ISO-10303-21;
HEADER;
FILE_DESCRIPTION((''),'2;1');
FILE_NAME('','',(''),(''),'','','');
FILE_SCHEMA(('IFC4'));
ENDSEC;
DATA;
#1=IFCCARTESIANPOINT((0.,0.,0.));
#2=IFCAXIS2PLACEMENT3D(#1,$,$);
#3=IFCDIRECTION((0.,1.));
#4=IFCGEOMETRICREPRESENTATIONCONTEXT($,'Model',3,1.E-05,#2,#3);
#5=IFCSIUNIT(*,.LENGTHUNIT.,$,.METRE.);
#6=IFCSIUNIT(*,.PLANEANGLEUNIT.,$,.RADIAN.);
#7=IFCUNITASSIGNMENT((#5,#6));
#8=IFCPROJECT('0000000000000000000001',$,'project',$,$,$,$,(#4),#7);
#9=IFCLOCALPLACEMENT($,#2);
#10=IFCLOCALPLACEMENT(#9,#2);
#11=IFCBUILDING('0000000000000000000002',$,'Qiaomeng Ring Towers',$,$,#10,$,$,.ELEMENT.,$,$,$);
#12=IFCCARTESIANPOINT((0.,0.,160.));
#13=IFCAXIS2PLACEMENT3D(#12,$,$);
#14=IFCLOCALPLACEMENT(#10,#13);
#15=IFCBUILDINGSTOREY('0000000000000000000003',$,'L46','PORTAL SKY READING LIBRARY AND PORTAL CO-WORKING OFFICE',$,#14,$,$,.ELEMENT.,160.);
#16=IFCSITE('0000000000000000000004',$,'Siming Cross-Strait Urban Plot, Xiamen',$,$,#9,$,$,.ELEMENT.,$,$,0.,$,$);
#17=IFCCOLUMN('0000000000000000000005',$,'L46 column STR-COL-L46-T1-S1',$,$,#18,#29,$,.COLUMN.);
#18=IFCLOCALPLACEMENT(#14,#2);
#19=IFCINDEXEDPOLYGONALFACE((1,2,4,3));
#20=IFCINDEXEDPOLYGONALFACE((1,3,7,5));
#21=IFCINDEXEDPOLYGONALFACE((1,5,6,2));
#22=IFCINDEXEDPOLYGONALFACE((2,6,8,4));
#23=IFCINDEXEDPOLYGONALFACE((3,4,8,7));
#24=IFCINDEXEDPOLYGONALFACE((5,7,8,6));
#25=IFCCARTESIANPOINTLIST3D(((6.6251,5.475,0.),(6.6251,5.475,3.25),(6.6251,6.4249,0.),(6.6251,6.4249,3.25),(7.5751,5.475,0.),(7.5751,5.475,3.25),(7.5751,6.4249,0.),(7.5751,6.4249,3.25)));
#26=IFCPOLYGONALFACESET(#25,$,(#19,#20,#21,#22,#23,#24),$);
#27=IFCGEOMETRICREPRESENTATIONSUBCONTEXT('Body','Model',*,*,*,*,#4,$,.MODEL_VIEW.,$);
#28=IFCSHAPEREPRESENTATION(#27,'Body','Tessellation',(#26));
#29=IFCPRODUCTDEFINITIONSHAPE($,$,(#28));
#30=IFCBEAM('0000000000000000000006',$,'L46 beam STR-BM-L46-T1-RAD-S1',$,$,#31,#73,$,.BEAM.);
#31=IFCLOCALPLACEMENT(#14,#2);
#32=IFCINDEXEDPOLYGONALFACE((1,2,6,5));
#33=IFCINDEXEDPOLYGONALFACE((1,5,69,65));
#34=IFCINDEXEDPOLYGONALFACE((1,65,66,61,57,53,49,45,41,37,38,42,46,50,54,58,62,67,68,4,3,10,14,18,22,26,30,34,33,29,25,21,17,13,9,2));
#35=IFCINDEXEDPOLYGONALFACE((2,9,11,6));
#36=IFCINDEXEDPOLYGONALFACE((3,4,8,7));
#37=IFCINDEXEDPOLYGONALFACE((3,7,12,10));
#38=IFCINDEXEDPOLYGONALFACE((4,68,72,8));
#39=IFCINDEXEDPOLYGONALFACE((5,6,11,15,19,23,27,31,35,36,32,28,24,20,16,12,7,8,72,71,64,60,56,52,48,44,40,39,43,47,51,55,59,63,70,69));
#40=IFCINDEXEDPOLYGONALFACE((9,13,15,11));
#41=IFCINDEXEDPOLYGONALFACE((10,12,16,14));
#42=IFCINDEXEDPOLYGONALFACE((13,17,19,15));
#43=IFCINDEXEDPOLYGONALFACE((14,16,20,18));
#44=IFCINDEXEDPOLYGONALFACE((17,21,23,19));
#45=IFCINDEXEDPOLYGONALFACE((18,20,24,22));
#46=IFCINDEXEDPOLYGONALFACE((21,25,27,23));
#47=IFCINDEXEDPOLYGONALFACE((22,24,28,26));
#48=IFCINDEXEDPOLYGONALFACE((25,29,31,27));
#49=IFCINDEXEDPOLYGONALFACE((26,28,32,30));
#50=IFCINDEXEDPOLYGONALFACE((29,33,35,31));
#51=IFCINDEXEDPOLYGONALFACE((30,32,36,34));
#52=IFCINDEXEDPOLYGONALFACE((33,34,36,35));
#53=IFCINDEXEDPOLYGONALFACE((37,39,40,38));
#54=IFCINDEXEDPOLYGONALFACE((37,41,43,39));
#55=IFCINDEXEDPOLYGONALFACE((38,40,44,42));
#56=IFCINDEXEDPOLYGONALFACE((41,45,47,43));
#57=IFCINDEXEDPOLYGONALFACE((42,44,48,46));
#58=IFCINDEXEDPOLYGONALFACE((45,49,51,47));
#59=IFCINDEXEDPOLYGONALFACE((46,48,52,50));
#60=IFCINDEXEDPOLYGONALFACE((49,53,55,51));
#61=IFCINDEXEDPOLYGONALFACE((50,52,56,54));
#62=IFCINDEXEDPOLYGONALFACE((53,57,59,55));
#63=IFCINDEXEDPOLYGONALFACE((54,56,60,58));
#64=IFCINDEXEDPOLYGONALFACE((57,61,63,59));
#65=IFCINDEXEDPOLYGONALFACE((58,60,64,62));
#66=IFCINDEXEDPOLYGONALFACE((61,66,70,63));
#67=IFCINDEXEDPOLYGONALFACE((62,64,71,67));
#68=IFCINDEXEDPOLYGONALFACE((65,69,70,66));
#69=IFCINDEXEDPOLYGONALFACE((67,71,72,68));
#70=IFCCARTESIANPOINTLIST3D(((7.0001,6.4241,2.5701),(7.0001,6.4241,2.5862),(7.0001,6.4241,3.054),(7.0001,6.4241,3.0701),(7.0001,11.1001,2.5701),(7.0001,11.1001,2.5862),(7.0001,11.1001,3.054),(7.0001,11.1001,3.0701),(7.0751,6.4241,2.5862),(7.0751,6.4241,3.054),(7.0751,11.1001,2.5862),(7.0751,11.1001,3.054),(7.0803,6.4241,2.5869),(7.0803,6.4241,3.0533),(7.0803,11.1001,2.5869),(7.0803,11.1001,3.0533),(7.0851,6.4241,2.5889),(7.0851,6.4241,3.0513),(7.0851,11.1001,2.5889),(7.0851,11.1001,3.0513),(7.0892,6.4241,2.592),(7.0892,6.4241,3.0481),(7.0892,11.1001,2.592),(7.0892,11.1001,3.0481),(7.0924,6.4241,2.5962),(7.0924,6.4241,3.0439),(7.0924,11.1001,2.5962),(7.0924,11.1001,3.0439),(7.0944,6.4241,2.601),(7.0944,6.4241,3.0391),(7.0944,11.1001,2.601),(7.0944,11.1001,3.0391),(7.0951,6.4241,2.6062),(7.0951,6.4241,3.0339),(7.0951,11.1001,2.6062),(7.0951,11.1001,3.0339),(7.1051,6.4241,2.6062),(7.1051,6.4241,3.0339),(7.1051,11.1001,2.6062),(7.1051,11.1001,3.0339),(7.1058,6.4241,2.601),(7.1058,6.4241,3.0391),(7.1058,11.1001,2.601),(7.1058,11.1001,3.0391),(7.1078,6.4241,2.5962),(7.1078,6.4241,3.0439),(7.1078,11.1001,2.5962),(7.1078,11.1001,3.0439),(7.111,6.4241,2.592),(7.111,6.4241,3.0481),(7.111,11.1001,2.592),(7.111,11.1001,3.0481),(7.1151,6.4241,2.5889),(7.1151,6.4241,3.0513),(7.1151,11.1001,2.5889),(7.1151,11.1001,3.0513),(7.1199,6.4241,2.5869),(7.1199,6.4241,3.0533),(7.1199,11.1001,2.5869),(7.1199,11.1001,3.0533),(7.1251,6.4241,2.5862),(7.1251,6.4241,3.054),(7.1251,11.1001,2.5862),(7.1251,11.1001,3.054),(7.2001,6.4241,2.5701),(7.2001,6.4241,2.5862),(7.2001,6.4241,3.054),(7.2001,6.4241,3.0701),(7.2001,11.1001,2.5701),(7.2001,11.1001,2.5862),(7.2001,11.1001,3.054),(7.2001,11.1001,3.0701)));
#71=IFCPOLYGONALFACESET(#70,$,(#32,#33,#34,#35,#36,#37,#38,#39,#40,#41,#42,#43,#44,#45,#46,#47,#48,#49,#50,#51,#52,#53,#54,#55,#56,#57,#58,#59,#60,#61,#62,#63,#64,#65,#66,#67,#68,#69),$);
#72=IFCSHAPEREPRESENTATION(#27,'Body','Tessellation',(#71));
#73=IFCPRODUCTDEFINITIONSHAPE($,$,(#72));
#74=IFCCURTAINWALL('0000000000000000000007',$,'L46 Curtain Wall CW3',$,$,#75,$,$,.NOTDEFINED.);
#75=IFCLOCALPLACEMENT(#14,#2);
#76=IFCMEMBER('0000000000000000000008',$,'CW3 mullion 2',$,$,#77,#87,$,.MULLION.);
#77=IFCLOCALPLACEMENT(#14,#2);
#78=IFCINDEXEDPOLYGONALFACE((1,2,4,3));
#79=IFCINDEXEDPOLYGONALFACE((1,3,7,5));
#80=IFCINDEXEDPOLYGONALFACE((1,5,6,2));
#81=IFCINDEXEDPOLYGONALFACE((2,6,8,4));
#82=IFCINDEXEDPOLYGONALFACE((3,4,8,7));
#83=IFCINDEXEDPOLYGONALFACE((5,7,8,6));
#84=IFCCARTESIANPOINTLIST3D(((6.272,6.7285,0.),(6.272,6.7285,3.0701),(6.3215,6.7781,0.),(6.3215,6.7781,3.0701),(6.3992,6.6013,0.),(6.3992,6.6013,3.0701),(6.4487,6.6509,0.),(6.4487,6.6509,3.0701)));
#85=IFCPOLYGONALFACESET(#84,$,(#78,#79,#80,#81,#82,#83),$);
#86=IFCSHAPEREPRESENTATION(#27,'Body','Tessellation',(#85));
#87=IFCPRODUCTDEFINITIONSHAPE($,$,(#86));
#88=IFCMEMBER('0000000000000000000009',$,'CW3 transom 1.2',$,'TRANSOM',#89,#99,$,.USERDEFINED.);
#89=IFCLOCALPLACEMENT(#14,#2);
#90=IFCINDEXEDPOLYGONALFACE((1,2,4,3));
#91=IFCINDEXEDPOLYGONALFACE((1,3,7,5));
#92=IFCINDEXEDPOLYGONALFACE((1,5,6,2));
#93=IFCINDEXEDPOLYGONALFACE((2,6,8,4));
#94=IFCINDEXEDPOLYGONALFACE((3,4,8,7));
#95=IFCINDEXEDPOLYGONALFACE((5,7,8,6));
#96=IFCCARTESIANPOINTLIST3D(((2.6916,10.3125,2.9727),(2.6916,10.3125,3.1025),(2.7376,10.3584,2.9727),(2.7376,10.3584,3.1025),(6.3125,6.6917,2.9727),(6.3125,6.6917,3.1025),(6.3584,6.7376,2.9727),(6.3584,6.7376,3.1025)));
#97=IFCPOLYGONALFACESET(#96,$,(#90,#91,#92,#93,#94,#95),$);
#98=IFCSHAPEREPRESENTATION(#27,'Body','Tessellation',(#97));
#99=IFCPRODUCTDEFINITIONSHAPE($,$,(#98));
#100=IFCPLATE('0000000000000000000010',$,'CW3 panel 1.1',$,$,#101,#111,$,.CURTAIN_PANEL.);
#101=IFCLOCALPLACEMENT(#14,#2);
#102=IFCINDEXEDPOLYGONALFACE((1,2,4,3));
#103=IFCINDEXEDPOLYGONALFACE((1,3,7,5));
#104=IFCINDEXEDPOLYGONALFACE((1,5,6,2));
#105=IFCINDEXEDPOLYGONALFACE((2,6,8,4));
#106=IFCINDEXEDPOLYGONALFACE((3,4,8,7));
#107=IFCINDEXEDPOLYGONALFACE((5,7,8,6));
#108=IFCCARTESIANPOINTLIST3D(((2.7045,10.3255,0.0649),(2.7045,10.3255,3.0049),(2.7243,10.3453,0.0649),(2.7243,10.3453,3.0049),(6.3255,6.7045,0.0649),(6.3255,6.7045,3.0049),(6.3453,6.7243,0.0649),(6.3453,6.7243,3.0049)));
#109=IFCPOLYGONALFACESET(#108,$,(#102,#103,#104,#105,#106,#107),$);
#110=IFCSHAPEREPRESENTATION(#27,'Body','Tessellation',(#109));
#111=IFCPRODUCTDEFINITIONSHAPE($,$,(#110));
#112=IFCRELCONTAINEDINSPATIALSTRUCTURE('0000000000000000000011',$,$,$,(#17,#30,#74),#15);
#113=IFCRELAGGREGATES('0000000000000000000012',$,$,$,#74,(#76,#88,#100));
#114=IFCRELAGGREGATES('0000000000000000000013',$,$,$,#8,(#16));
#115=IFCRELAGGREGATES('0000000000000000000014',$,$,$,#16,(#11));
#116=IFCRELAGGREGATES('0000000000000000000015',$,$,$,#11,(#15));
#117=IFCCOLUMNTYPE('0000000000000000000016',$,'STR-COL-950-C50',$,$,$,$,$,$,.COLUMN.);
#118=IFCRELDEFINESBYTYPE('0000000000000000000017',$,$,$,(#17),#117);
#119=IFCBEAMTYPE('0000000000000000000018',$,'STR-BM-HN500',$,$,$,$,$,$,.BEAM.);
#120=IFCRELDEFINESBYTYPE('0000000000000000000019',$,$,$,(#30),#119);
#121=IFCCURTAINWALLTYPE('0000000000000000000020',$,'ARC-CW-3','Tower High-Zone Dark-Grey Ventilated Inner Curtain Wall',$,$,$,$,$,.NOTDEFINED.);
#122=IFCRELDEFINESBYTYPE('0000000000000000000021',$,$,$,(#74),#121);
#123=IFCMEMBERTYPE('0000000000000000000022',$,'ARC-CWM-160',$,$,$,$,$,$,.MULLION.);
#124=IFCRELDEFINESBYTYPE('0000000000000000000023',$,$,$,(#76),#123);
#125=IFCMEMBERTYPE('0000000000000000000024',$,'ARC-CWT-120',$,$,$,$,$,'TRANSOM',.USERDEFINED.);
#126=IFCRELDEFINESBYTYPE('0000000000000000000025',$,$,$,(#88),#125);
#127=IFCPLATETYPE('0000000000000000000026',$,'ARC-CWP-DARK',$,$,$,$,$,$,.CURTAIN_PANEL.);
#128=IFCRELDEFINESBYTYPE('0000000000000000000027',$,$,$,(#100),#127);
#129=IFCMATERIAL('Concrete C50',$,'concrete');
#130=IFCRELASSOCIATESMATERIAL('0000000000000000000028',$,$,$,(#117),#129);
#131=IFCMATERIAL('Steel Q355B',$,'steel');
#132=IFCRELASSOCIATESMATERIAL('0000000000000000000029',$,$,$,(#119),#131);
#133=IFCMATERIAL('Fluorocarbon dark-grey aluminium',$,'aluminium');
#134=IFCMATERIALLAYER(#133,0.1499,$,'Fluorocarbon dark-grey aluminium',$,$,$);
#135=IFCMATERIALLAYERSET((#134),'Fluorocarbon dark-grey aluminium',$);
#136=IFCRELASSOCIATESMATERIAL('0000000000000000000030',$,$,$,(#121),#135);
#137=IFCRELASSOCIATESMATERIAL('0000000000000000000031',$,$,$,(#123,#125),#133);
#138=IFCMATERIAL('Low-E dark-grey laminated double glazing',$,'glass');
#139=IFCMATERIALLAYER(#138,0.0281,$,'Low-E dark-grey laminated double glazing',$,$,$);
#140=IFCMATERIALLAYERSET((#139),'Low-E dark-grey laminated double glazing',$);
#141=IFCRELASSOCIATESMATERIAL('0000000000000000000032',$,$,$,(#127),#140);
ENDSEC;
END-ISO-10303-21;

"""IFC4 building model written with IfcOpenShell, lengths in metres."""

from ifc_helpers import new_model, si_unit, direction, frame, origin, origin_2d, place, context, subcontext, project, spatial, rectangle, i_section, extrude, source, transform, mapped, material, layer, layer_set, material_profile, profile_set, type_object, element, aggregate, save


model = new_model("IFC4")

# Units and contexts
model_context = context("Model", 3, precision=1e-05, world=origin(), true_north=direction((0.0, 1.0)))
body_context = subcontext(model_context, "Body", "Model", "MODEL_VIEW")
ifc_project = project(units=[si_unit("LENGTHUNIT", "METRE"), si_unit("PLANEANGLEUNIT", "RADIAN")], contexts=[model_context])

# Site, building, storey
site_placement = place(None, origin())
site = spatial("IfcSite", under=ifc_project, at=site_placement, Name="Siming Cross-Strait Urban Plot, Xiamen", CompositionType="ELEMENT", RefElevation=0.0)
building_placement = place(site_placement, origin())
building = spatial("IfcBuilding", under=site, at=building_placement, Name="Qiaomeng Ring Towers", CompositionType="ELEMENT")
storey_placement = place(building_placement, frame((0.0, 0.0, 160.0)))
storey = spatial("IfcBuildingStorey", under=building, at=storey_placement, Name="L46", Description="PORTAL SKY READING LIBRARY AND PORTAL CO-WORKING OFFICE", CompositionType="ELEMENT", Elevation=160.0)

# Column
ifc_material_1 = material(Name="Concrete C50", Category="concrete")
ifc_material_profile_1 = material_profile(ifc_material_1, rectangle(XDim=0.95, YDim=0.95, at=origin_2d()), Name="RC COL 950x950")
ifc_profile_set_1 = profile_set([ifc_material_profile_1], Name="Concrete C50")
column_type = type_object("IfcColumnType", Name="STR-COL-950-C50", PredefinedType="COLUMN", material=ifc_profile_set_1)
shared_shape_1 = source(origin(), body_context, "Body", "SweptSolid", [
    extrude(rectangle(XDim=0.95, YDim=0.95, at=origin_2d()), origin(), (0.0, 0.0, 1.0), 3.25),
])
column_placement = place(storey_placement, frame((7.1001, 5.95, 0.0), z_axis=(0.0, 0.0, 1.0), x_axis=(1.0, 0.0, 0.0)))
element("IfcColumn", 1, at=column_placement, inside=storey, type_object=column_type, Name="L46 column STR-COL-L46-T1-S1", PredefinedType="COLUMN", context=body_context, shape_type="MappedRepresentation", body=[
    mapped(shared_shape_1, transform((0.0, 0.0, 0.0), x_axis=(1.0, 0.0, 0.0), y_axis=(0.0, 1.0, 0.0), z_axis=(0.0, 0.0, 1.0), scale=1.0)),
])

# Beam
ifc_material_2 = material(Name="Steel Q355B", Category="steel")
ifc_material_profile_2 = material_profile(ifc_material_2, i_section(OverallWidth=0.2, OverallDepth=0.5, WebThickness=0.01, FlangeThickness=0.0161, FilletRadius=0.02, at=origin_2d()), Name="HN 500x200x10x16")
ifc_profile_set_2 = profile_set([ifc_material_profile_2], Name="Steel Q355B")
beam_type = type_object("IfcBeamType", Name="STR-BM-HN500", PredefinedType="BEAM", material=ifc_profile_set_2)
shared_shape_2 = source(origin(), body_context, "Body", "SweptSolid", [
    extrude(i_section(OverallWidth=0.2, OverallDepth=0.5, WebThickness=0.01, FlangeThickness=0.0161, FilletRadius=0.02, at=origin_2d()), origin(), (0.0, 0.0, 1.0), 4.676),
])
beam_placement = place(storey_placement, frame((7.1001, 6.4241, 2.8201), z_axis=(0.0, 1.0, 0.0), x_axis=(-1.0, 0.0, 0.0)))
element("IfcBeam", 2, at=beam_placement, inside=storey, type_object=beam_type, Name="L46 beam STR-BM-L46-T1-RAD-S1", PredefinedType="BEAM", context=body_context, shape_type="MappedRepresentation", body=[
    mapped(shared_shape_2, transform((0.0, 0.0, 0.0), x_axis=(1.0, 0.0, 0.0), y_axis=(0.0, 1.0, 0.0), z_axis=(0.0, 0.0, 1.0), scale=1.0)),
])

# Curtain wall, members, plate
ifc_material_3 = material(Name="Fluorocarbon dark-grey aluminium", Category="aluminium")
ifc_layer_1 = layer(ifc_material_3, 0.1499, Name="Fluorocarbon dark-grey aluminium")
ifc_layer_set_1 = layer_set([ifc_layer_1], Name="Fluorocarbon dark-grey aluminium")
curtain_wall_type = type_object("IfcCurtainWallType", Name="ARC-CW-3", Description="Tower High-Zone Dark-Grey Ventilated Inner Curtain Wall", PredefinedType="NOTDEFINED", material=ifc_layer_set_1)
curtain_wall_placement = place(storey_placement, origin())
curtain_wall = element("IfcCurtainWall", 3, at=curtain_wall_placement, inside=storey, type_object=curtain_wall_type, Name="L46 Curtain Wall CW3", PredefinedType="NOTDEFINED")
ifc_material_profile_3 = material_profile(ifc_material_3, rectangle(XDim=0.0701, YDim=0.1799, at=origin_2d()), Name="ALU MULL 70x180")
ifc_profile_set_3 = profile_set([ifc_material_profile_3], Name="Fluorocarbon dark-grey aluminium")
member_type_1 = type_object("IfcMemberType", Name="ARC-CWM-160", PredefinedType="MULLION", material=ifc_profile_set_3)
shared_shape_3 = source(origin(), body_context, "Body", "SweptSolid", [
    extrude(rectangle(XDim=0.0701, YDim=0.1799, at=origin_2d()), origin(), (0.0, 0.0, 1.0), 3.0701),
])
member_1_placement = place(storey_placement, frame((6.3604, 6.6897, 0.0), z_axis=(0.0, 0.0, 1.0), x_axis=(0.707107, 0.707107, 0.0)))
member_1 = element("IfcMember", 4, at=member_1_placement, type_object=member_type_1, Name="CW3 mullion 2", PredefinedType="MULLION", context=body_context, shape_type="MappedRepresentation", body=[
    mapped(shared_shape_3, transform((0.0, 0.0, 0.0), x_axis=(1.0, 0.0, 0.0), y_axis=(0.0, 1.0, 0.0), z_axis=(0.0, 0.0, 1.0), scale=1.0)),
])
ifc_material_profile_4 = material_profile(ifc_material_3, rectangle(XDim=0.0649, YDim=0.1299, at=origin_2d()), Name="ALU TRAN 65x130")
ifc_profile_set_4 = profile_set([ifc_material_profile_4], Name="Fluorocarbon dark-grey aluminium")
member_type_2 = type_object("IfcMemberType", Name="ARC-CWT-120", ElementType="TRANSOM", PredefinedType="USERDEFINED", material=ifc_profile_set_4)
shared_shape_4 = source(origin(), body_context, "Body", "SweptSolid", [
    extrude(rectangle(XDim=0.0649, YDim=0.1299, at=origin_2d()), origin(), (0.0, 0.0, 1.0), 5.1206),
])
member_2_placement = place(storey_placement, frame((2.7146, 10.3354, 3.0376), z_axis=(0.707107, -0.707107, 0.0), x_axis=(0.707107, 0.707107, 0.0)))
member_2 = element("IfcMember", 5, at=member_2_placement, type_object=member_type_2, Name="CW3 transom 1.2", ObjectType="TRANSOM", PredefinedType="USERDEFINED", context=body_context, shape_type="MappedRepresentation", body=[
    mapped(shared_shape_4, transform((0.0, 0.0, 0.0), x_axis=(1.0, 0.0, 0.0), y_axis=(0.0, 1.0, 0.0), z_axis=(0.0, 0.0, 1.0), scale=1.0)),
])
ifc_material_4 = material(Name="Low-E dark-grey laminated double glazing", Category="glass")
ifc_layer_2 = layer(ifc_material_4, 0.0281, Name="Low-E dark-grey laminated double glazing")
ifc_layer_set_2 = layer_set([ifc_layer_2], Name="Low-E dark-grey laminated double glazing")
plate_type = type_object("IfcPlateType", Name="ARC-CWP-DARK", PredefinedType="CURTAIN_PANEL", material=ifc_layer_set_2)
shared_shape_5 = source(origin(), body_context, "Body", "SweptSolid", [
    extrude(rectangle(XDim=5.1208, YDim=0.0281, at=origin_2d()), origin(), (0.0, 0.0, 1.0), 2.9399),
])
plate_placement = place(storey_placement, frame((4.5249, 8.5249, 0.0649), z_axis=(0.0, 0.0, 1.0), x_axis=(0.707107, -0.707107, 0.0)))
plate = element("IfcPlate", 6, at=plate_placement, type_object=plate_type, Name="CW3 panel 1.1", PredefinedType="CURTAIN_PANEL", context=body_context, shape_type="MappedRepresentation", body=[
    mapped(shared_shape_5, transform((0.0, 0.0, 0.0), x_axis=(1.0, 0.0, 0.0), y_axis=(0.0, 1.0, 0.0), z_axis=(0.0, 0.0, 1.0), scale=1.0)),
])
aggregate(curtain_wall, [member_1, member_2, plate])

save(model, "model.ifc")
